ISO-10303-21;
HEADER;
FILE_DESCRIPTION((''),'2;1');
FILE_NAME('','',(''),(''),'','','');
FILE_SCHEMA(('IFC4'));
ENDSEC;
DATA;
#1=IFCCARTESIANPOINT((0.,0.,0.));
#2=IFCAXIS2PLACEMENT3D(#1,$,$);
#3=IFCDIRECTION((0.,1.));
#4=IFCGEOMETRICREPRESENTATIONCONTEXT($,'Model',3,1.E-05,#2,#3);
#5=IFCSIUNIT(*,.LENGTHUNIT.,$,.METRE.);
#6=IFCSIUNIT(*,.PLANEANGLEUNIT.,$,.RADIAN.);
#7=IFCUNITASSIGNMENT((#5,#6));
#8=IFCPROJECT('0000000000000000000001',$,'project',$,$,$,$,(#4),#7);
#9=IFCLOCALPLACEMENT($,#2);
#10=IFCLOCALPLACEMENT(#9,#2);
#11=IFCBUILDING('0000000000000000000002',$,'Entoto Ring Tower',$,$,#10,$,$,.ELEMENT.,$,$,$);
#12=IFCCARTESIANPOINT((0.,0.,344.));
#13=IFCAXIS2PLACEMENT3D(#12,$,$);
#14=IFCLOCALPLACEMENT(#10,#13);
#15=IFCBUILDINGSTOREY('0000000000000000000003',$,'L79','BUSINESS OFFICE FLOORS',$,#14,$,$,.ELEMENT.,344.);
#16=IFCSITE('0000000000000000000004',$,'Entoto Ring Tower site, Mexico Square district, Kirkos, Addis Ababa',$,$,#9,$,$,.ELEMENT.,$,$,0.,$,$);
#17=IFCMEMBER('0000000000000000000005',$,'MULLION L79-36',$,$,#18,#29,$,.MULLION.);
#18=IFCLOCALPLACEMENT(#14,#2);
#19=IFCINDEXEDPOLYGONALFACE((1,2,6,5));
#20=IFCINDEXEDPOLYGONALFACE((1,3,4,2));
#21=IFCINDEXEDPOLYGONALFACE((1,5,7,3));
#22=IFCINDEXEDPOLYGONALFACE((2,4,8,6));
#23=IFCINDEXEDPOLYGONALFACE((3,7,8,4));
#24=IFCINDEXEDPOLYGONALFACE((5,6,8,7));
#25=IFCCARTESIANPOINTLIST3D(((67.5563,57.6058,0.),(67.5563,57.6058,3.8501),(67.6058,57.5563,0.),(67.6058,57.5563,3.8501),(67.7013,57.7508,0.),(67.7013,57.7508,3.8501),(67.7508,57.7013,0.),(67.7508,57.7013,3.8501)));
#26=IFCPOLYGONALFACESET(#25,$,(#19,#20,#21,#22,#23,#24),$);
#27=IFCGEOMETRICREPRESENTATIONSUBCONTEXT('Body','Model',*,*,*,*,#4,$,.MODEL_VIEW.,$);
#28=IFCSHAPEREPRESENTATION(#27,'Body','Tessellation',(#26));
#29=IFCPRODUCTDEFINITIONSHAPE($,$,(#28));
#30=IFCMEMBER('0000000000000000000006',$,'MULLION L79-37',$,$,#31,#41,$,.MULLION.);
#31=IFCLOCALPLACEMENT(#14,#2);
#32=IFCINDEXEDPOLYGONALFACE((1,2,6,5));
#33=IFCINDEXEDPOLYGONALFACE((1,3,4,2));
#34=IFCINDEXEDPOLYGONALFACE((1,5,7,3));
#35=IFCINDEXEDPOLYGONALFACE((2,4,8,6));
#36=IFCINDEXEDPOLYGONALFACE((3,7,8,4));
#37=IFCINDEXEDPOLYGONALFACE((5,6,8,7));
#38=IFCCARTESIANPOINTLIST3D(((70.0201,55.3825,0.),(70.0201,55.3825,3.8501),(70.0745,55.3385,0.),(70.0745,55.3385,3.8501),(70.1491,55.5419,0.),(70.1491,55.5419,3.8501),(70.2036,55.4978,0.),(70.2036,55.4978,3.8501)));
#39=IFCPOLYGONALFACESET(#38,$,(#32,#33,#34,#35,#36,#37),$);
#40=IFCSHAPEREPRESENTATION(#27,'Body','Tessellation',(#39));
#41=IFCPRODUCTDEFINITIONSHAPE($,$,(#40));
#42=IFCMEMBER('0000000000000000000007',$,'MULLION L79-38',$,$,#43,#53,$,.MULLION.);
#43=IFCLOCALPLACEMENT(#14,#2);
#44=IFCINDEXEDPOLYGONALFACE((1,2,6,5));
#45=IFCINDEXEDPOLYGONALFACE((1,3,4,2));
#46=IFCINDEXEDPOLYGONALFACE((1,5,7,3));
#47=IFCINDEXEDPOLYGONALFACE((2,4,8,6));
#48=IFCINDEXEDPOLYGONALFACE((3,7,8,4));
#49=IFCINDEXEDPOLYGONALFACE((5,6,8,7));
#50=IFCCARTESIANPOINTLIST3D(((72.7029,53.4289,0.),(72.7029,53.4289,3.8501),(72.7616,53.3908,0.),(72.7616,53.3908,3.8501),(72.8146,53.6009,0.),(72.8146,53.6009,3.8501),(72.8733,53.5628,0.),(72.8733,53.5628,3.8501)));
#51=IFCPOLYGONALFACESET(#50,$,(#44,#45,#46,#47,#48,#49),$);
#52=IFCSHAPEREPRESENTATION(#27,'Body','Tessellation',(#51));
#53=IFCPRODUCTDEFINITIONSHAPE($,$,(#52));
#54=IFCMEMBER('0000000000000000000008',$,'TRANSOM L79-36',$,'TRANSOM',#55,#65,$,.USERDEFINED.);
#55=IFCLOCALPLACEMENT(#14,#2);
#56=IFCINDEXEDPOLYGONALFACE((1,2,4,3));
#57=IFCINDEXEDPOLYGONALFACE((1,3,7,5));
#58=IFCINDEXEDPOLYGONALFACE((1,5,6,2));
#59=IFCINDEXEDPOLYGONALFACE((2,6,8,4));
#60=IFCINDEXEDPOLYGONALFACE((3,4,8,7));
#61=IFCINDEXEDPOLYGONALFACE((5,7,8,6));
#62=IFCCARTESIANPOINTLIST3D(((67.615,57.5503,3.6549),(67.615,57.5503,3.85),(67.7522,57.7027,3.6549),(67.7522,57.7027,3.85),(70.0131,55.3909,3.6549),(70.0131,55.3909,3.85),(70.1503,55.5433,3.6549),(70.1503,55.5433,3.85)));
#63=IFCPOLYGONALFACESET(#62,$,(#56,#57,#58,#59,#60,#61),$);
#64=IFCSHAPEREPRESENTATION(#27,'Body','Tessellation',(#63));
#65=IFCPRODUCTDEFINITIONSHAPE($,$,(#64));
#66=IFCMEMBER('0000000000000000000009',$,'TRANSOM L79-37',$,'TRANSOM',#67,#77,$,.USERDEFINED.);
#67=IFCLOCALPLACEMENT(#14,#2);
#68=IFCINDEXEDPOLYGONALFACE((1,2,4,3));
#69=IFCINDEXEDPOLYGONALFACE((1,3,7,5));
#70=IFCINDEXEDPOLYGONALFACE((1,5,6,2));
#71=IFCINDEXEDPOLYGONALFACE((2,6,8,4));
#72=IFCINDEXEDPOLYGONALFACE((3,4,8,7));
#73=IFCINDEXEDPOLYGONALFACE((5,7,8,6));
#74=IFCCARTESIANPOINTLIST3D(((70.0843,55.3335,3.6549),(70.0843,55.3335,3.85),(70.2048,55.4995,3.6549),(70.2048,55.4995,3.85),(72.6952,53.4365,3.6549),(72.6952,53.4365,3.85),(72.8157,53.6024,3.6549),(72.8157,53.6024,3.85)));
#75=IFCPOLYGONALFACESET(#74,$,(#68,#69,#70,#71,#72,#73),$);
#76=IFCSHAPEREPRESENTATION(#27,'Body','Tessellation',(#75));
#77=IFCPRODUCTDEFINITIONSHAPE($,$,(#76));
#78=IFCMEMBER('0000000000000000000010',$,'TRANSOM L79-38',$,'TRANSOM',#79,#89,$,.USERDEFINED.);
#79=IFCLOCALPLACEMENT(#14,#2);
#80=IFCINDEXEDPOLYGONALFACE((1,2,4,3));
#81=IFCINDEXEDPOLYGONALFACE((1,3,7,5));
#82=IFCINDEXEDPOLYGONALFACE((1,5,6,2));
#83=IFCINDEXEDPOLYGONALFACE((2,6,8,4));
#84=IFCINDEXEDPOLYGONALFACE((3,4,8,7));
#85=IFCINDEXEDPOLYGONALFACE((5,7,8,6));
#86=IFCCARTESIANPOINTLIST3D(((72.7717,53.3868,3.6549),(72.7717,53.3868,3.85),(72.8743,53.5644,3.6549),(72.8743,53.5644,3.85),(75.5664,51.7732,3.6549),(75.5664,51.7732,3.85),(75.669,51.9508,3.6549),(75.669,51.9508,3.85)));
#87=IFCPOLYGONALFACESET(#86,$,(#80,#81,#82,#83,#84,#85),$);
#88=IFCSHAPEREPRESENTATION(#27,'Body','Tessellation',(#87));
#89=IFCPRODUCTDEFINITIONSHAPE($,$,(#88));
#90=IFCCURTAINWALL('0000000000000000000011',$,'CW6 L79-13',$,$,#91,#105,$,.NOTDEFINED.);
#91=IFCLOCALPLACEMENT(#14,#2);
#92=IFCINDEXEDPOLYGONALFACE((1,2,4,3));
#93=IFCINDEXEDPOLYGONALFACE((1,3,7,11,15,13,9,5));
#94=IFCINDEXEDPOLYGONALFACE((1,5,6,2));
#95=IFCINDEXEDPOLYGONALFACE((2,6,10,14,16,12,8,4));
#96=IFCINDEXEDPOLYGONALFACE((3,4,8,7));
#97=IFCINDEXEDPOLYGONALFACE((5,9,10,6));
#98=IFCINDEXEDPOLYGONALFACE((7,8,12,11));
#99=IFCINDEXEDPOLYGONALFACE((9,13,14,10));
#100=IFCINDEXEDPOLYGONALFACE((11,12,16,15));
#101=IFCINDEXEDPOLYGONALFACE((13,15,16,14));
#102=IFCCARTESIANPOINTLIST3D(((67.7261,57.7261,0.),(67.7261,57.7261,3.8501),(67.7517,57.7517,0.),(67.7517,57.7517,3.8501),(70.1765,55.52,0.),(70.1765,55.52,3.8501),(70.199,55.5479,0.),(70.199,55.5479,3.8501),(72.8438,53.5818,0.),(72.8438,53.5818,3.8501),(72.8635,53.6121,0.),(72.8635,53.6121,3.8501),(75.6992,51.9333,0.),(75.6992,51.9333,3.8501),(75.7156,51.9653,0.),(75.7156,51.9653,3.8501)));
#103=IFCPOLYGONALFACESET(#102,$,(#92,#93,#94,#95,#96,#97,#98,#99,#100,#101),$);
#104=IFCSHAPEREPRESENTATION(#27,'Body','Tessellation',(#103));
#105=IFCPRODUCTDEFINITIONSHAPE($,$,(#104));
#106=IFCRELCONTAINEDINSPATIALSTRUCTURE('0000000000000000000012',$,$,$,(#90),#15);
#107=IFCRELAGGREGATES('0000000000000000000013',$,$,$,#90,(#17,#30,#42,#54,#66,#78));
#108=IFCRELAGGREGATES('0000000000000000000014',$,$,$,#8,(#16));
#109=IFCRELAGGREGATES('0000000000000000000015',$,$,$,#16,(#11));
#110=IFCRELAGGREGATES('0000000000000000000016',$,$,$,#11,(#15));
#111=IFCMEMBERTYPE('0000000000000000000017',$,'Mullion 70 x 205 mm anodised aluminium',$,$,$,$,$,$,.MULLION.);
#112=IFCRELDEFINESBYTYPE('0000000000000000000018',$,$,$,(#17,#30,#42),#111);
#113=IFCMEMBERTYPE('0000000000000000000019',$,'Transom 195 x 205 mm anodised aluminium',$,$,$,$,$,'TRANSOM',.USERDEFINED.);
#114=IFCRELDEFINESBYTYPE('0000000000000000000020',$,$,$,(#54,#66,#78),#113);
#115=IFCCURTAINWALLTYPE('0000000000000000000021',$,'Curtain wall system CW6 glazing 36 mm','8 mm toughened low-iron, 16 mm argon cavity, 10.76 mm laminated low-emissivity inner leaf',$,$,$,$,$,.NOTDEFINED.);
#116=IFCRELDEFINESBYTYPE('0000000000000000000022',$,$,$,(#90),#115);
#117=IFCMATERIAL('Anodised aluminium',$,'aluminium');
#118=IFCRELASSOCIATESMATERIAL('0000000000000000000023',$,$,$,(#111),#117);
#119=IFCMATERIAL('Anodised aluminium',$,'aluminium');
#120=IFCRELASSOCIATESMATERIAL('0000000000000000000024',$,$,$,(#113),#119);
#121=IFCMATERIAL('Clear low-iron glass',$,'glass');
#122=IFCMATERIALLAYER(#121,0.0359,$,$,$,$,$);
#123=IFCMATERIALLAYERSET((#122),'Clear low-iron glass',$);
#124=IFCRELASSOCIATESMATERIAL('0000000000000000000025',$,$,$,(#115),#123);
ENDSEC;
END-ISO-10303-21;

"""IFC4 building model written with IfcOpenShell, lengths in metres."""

from ifc_helpers import new_model, si_unit, direction, frame, origin, origin_2d, place, context, subcontext, project, spatial, polyline, rectangle, outline, extrude, material, layer, layer_set, material_profile, profile_set, type_object, element, aggregate, save


model = new_model("IFC4")

# Units and contexts
model_context = context("Model", 3, precision=1e-05, world=origin(), true_north=direction((0.0, 1.0)))
body_context = subcontext(model_context, "Body", "Model", "MODEL_VIEW")
ifc_project = project(units=[si_unit("LENGTHUNIT", "METRE"), si_unit("PLANEANGLEUNIT", "RADIAN")], contexts=[model_context])

# Members
ifc_material_1 = material(Name="Anodised aluminium", Category="aluminium")
ifc_material_profile_1 = material_profile(ifc_material_1, rectangle(XDim=0.0701, YDim=0.2051, at=origin_2d()), Name="Mullion 70 x 205 mm anodised aluminium")
ifc_profile_set_1 = profile_set([ifc_material_profile_1], Name="Anodised aluminium")
member_type_1 = type_object("IfcMemberType", Name="Mullion 70 x 205 mm anodised aluminium", PredefinedType="MULLION", material=ifc_profile_set_1)
site_placement = place(None, origin())
building_placement = place(site_placement, origin())
storey_placement = place(building_placement, frame((0.0, 0.0, 344.0)))
member_1_placement = place(storey_placement, frame((67.6536, 57.6536, 0.0), z_axis=(0.0, 0.0, 1.0), x_axis=(0.707107, -0.707107, 0.0)))
member_1 = element("IfcMember", 1, at=member_1_placement, type_object=member_type_1, Name="MULLION L79-36", PredefinedType="MULLION", context=body_context, shape_type="SweptSolid", body=[
    extrude(rectangle(XDim=0.0701, YDim=0.2051, at=origin_2d()), origin(), (0.0, 0.0, 1.0), 3.8501),
])
member_2_placement = place(storey_placement, frame((70.1118, 55.4402, 0.0), z_axis=(0.0, 0.0, 1.0), x_axis=(0.777146, -0.62932, 0.0)))
member_2 = element("IfcMember", 2, at=member_2_placement, type_object=member_type_1, Name="MULLION L79-37", PredefinedType="MULLION", context=body_context, shape_type="SweptSolid", body=[
    extrude(rectangle(XDim=0.0701, YDim=0.2051, at=origin_2d()), origin(), (0.0, 0.0, 1.0), 3.8501),
])
member_3_placement = place(storey_placement, frame((72.7881, 53.4958, 0.0), z_axis=(0.0, 0.0, 1.0), x_axis=(0.838671, -0.544639, 0.0)))
member_3 = element("IfcMember", 3, at=member_3_placement, type_object=member_type_1, Name="MULLION L79-38", PredefinedType="MULLION", context=body_context, shape_type="SweptSolid", body=[
    extrude(rectangle(XDim=0.0701, YDim=0.2051, at=origin_2d()), origin(), (0.0, 0.0, 1.0), 3.8501),
])
ifc_material_2 = material(Name="Anodised aluminium", Category="aluminium")
ifc_material_profile_2 = material_profile(ifc_material_2, rectangle(XDim=0.2051, YDim=0.1951, at=origin_2d()), Name="Transom 195 x 205 mm anodised aluminium")
ifc_profile_set_2 = profile_set([ifc_material_profile_2], Name="Anodised aluminium")
member_type_2 = type_object("IfcMemberType", Name="Transom 195 x 205 mm anodised aluminium", ElementType="TRANSOM", PredefinedType="USERDEFINED", material=ifc_profile_set_2)
member_4_placement = place(storey_placement, frame((67.6836, 57.6265, 3.7524), z_axis=(0.743132, -0.669144, 0.0), x_axis=(0.669144, 0.743132, 0.0)))
member_4 = element("IfcMember", 4, at=member_4_placement, type_object=member_type_2, Name="TRANSOM L79-36", ObjectType="TRANSOM", PredefinedType="USERDEFINED", context=body_context, shape_type="SweptSolid", body=[
    extrude(rectangle(XDim=0.2051, YDim=0.1951, at=origin_2d()), origin(), (0.0, 0.0, 1.0), 3.2271),
])
member_5_placement = place(storey_placement, frame((70.1445, 55.4165, 3.7524), z_axis=(0.809004, -0.587803, 0.0), x_axis=(0.587803, 0.809004, 0.0)))
member_5 = element("IfcMember", 5, at=member_5_placement, type_object=member_type_2, Name="TRANSOM L79-37", ObjectType="TRANSOM", PredefinedType="USERDEFINED", context=body_context, shape_type="SweptSolid", body=[
    extrude(rectangle(XDim=0.2051, YDim=0.1951, at=origin_2d()), origin(), (0.0, 0.0, 1.0), 3.2273),
])
member_6_placement = place(storey_placement, frame((72.823, 53.4756, 3.7524), z_axis=(0.866023, -0.500004, 0.0), x_axis=(0.500004, 0.866023, 0.0)))
member_6 = element("IfcMember", 6, at=member_6_placement, type_object=member_type_2, Name="TRANSOM L79-38", ObjectType="TRANSOM", PredefinedType="USERDEFINED", context=body_context, shape_type="SweptSolid", body=[
    extrude(rectangle(XDim=0.2051, YDim=0.1951, at=origin_2d()), origin(), (0.0, 0.0, 1.0), 3.2271),
])

# Site, building, storey
site = spatial("IfcSite", under=ifc_project, at=site_placement, Name="Entoto Ring Tower site, Mexico Square district, Kirkos, Addis Ababa", CompositionType="ELEMENT", RefElevation=0.0)
building = spatial("IfcBuilding", under=site, at=building_placement, Name="Entoto Ring Tower", CompositionType="ELEMENT")
storey = spatial("IfcBuildingStorey", under=building, at=storey_placement, Name="L79", Description="BUSINESS OFFICE FLOORS", CompositionType="ELEMENT", Elevation=344.0)

# Curtain wall
ifc_material_3 = material(Name="Clear low-iron glass", Category="glass")
ifc_layer = layer(ifc_material_3, 0.0359)
ifc_layer_set = layer_set([ifc_layer], Name="Clear low-iron glass")
curtain_wall_type = type_object("IfcCurtainWallType", Name="Curtain wall system CW6 glazing 36 mm", Description="8 mm toughened low-iron, 16 mm argon cavity, 10.76 mm laminated low-emissivity inner leaf", PredefinedType="NOTDEFINED", material=ifc_layer_set)
curtain_wall_1_placement = place(storey_placement, origin())
curtain_wall_1 = element("IfcCurtainWall", 7, at=curtain_wall_1_placement, inside=storey, type_object=curtain_wall_type, Name="CW6 L79-13", PredefinedType="NOTDEFINED", context=body_context, shape_type="SweptSolid", body=[
    extrude(outline(polyline([(67.7261, 57.7261), (70.1765, 55.52), (72.8438, 53.5818), (75.6992, 51.9333), (75.7156, 51.9653), (72.8635, 53.6121), (70.199, 55.5479), (67.7517, 57.7517), (67.7261, 57.7261)])), origin(), (0.0, 0.0, 1.0), 3.8501),
])
aggregate(curtain_wall_1, [member_1, member_2, member_3, member_4, member_5, member_6])

save(model, "model.ifc")
